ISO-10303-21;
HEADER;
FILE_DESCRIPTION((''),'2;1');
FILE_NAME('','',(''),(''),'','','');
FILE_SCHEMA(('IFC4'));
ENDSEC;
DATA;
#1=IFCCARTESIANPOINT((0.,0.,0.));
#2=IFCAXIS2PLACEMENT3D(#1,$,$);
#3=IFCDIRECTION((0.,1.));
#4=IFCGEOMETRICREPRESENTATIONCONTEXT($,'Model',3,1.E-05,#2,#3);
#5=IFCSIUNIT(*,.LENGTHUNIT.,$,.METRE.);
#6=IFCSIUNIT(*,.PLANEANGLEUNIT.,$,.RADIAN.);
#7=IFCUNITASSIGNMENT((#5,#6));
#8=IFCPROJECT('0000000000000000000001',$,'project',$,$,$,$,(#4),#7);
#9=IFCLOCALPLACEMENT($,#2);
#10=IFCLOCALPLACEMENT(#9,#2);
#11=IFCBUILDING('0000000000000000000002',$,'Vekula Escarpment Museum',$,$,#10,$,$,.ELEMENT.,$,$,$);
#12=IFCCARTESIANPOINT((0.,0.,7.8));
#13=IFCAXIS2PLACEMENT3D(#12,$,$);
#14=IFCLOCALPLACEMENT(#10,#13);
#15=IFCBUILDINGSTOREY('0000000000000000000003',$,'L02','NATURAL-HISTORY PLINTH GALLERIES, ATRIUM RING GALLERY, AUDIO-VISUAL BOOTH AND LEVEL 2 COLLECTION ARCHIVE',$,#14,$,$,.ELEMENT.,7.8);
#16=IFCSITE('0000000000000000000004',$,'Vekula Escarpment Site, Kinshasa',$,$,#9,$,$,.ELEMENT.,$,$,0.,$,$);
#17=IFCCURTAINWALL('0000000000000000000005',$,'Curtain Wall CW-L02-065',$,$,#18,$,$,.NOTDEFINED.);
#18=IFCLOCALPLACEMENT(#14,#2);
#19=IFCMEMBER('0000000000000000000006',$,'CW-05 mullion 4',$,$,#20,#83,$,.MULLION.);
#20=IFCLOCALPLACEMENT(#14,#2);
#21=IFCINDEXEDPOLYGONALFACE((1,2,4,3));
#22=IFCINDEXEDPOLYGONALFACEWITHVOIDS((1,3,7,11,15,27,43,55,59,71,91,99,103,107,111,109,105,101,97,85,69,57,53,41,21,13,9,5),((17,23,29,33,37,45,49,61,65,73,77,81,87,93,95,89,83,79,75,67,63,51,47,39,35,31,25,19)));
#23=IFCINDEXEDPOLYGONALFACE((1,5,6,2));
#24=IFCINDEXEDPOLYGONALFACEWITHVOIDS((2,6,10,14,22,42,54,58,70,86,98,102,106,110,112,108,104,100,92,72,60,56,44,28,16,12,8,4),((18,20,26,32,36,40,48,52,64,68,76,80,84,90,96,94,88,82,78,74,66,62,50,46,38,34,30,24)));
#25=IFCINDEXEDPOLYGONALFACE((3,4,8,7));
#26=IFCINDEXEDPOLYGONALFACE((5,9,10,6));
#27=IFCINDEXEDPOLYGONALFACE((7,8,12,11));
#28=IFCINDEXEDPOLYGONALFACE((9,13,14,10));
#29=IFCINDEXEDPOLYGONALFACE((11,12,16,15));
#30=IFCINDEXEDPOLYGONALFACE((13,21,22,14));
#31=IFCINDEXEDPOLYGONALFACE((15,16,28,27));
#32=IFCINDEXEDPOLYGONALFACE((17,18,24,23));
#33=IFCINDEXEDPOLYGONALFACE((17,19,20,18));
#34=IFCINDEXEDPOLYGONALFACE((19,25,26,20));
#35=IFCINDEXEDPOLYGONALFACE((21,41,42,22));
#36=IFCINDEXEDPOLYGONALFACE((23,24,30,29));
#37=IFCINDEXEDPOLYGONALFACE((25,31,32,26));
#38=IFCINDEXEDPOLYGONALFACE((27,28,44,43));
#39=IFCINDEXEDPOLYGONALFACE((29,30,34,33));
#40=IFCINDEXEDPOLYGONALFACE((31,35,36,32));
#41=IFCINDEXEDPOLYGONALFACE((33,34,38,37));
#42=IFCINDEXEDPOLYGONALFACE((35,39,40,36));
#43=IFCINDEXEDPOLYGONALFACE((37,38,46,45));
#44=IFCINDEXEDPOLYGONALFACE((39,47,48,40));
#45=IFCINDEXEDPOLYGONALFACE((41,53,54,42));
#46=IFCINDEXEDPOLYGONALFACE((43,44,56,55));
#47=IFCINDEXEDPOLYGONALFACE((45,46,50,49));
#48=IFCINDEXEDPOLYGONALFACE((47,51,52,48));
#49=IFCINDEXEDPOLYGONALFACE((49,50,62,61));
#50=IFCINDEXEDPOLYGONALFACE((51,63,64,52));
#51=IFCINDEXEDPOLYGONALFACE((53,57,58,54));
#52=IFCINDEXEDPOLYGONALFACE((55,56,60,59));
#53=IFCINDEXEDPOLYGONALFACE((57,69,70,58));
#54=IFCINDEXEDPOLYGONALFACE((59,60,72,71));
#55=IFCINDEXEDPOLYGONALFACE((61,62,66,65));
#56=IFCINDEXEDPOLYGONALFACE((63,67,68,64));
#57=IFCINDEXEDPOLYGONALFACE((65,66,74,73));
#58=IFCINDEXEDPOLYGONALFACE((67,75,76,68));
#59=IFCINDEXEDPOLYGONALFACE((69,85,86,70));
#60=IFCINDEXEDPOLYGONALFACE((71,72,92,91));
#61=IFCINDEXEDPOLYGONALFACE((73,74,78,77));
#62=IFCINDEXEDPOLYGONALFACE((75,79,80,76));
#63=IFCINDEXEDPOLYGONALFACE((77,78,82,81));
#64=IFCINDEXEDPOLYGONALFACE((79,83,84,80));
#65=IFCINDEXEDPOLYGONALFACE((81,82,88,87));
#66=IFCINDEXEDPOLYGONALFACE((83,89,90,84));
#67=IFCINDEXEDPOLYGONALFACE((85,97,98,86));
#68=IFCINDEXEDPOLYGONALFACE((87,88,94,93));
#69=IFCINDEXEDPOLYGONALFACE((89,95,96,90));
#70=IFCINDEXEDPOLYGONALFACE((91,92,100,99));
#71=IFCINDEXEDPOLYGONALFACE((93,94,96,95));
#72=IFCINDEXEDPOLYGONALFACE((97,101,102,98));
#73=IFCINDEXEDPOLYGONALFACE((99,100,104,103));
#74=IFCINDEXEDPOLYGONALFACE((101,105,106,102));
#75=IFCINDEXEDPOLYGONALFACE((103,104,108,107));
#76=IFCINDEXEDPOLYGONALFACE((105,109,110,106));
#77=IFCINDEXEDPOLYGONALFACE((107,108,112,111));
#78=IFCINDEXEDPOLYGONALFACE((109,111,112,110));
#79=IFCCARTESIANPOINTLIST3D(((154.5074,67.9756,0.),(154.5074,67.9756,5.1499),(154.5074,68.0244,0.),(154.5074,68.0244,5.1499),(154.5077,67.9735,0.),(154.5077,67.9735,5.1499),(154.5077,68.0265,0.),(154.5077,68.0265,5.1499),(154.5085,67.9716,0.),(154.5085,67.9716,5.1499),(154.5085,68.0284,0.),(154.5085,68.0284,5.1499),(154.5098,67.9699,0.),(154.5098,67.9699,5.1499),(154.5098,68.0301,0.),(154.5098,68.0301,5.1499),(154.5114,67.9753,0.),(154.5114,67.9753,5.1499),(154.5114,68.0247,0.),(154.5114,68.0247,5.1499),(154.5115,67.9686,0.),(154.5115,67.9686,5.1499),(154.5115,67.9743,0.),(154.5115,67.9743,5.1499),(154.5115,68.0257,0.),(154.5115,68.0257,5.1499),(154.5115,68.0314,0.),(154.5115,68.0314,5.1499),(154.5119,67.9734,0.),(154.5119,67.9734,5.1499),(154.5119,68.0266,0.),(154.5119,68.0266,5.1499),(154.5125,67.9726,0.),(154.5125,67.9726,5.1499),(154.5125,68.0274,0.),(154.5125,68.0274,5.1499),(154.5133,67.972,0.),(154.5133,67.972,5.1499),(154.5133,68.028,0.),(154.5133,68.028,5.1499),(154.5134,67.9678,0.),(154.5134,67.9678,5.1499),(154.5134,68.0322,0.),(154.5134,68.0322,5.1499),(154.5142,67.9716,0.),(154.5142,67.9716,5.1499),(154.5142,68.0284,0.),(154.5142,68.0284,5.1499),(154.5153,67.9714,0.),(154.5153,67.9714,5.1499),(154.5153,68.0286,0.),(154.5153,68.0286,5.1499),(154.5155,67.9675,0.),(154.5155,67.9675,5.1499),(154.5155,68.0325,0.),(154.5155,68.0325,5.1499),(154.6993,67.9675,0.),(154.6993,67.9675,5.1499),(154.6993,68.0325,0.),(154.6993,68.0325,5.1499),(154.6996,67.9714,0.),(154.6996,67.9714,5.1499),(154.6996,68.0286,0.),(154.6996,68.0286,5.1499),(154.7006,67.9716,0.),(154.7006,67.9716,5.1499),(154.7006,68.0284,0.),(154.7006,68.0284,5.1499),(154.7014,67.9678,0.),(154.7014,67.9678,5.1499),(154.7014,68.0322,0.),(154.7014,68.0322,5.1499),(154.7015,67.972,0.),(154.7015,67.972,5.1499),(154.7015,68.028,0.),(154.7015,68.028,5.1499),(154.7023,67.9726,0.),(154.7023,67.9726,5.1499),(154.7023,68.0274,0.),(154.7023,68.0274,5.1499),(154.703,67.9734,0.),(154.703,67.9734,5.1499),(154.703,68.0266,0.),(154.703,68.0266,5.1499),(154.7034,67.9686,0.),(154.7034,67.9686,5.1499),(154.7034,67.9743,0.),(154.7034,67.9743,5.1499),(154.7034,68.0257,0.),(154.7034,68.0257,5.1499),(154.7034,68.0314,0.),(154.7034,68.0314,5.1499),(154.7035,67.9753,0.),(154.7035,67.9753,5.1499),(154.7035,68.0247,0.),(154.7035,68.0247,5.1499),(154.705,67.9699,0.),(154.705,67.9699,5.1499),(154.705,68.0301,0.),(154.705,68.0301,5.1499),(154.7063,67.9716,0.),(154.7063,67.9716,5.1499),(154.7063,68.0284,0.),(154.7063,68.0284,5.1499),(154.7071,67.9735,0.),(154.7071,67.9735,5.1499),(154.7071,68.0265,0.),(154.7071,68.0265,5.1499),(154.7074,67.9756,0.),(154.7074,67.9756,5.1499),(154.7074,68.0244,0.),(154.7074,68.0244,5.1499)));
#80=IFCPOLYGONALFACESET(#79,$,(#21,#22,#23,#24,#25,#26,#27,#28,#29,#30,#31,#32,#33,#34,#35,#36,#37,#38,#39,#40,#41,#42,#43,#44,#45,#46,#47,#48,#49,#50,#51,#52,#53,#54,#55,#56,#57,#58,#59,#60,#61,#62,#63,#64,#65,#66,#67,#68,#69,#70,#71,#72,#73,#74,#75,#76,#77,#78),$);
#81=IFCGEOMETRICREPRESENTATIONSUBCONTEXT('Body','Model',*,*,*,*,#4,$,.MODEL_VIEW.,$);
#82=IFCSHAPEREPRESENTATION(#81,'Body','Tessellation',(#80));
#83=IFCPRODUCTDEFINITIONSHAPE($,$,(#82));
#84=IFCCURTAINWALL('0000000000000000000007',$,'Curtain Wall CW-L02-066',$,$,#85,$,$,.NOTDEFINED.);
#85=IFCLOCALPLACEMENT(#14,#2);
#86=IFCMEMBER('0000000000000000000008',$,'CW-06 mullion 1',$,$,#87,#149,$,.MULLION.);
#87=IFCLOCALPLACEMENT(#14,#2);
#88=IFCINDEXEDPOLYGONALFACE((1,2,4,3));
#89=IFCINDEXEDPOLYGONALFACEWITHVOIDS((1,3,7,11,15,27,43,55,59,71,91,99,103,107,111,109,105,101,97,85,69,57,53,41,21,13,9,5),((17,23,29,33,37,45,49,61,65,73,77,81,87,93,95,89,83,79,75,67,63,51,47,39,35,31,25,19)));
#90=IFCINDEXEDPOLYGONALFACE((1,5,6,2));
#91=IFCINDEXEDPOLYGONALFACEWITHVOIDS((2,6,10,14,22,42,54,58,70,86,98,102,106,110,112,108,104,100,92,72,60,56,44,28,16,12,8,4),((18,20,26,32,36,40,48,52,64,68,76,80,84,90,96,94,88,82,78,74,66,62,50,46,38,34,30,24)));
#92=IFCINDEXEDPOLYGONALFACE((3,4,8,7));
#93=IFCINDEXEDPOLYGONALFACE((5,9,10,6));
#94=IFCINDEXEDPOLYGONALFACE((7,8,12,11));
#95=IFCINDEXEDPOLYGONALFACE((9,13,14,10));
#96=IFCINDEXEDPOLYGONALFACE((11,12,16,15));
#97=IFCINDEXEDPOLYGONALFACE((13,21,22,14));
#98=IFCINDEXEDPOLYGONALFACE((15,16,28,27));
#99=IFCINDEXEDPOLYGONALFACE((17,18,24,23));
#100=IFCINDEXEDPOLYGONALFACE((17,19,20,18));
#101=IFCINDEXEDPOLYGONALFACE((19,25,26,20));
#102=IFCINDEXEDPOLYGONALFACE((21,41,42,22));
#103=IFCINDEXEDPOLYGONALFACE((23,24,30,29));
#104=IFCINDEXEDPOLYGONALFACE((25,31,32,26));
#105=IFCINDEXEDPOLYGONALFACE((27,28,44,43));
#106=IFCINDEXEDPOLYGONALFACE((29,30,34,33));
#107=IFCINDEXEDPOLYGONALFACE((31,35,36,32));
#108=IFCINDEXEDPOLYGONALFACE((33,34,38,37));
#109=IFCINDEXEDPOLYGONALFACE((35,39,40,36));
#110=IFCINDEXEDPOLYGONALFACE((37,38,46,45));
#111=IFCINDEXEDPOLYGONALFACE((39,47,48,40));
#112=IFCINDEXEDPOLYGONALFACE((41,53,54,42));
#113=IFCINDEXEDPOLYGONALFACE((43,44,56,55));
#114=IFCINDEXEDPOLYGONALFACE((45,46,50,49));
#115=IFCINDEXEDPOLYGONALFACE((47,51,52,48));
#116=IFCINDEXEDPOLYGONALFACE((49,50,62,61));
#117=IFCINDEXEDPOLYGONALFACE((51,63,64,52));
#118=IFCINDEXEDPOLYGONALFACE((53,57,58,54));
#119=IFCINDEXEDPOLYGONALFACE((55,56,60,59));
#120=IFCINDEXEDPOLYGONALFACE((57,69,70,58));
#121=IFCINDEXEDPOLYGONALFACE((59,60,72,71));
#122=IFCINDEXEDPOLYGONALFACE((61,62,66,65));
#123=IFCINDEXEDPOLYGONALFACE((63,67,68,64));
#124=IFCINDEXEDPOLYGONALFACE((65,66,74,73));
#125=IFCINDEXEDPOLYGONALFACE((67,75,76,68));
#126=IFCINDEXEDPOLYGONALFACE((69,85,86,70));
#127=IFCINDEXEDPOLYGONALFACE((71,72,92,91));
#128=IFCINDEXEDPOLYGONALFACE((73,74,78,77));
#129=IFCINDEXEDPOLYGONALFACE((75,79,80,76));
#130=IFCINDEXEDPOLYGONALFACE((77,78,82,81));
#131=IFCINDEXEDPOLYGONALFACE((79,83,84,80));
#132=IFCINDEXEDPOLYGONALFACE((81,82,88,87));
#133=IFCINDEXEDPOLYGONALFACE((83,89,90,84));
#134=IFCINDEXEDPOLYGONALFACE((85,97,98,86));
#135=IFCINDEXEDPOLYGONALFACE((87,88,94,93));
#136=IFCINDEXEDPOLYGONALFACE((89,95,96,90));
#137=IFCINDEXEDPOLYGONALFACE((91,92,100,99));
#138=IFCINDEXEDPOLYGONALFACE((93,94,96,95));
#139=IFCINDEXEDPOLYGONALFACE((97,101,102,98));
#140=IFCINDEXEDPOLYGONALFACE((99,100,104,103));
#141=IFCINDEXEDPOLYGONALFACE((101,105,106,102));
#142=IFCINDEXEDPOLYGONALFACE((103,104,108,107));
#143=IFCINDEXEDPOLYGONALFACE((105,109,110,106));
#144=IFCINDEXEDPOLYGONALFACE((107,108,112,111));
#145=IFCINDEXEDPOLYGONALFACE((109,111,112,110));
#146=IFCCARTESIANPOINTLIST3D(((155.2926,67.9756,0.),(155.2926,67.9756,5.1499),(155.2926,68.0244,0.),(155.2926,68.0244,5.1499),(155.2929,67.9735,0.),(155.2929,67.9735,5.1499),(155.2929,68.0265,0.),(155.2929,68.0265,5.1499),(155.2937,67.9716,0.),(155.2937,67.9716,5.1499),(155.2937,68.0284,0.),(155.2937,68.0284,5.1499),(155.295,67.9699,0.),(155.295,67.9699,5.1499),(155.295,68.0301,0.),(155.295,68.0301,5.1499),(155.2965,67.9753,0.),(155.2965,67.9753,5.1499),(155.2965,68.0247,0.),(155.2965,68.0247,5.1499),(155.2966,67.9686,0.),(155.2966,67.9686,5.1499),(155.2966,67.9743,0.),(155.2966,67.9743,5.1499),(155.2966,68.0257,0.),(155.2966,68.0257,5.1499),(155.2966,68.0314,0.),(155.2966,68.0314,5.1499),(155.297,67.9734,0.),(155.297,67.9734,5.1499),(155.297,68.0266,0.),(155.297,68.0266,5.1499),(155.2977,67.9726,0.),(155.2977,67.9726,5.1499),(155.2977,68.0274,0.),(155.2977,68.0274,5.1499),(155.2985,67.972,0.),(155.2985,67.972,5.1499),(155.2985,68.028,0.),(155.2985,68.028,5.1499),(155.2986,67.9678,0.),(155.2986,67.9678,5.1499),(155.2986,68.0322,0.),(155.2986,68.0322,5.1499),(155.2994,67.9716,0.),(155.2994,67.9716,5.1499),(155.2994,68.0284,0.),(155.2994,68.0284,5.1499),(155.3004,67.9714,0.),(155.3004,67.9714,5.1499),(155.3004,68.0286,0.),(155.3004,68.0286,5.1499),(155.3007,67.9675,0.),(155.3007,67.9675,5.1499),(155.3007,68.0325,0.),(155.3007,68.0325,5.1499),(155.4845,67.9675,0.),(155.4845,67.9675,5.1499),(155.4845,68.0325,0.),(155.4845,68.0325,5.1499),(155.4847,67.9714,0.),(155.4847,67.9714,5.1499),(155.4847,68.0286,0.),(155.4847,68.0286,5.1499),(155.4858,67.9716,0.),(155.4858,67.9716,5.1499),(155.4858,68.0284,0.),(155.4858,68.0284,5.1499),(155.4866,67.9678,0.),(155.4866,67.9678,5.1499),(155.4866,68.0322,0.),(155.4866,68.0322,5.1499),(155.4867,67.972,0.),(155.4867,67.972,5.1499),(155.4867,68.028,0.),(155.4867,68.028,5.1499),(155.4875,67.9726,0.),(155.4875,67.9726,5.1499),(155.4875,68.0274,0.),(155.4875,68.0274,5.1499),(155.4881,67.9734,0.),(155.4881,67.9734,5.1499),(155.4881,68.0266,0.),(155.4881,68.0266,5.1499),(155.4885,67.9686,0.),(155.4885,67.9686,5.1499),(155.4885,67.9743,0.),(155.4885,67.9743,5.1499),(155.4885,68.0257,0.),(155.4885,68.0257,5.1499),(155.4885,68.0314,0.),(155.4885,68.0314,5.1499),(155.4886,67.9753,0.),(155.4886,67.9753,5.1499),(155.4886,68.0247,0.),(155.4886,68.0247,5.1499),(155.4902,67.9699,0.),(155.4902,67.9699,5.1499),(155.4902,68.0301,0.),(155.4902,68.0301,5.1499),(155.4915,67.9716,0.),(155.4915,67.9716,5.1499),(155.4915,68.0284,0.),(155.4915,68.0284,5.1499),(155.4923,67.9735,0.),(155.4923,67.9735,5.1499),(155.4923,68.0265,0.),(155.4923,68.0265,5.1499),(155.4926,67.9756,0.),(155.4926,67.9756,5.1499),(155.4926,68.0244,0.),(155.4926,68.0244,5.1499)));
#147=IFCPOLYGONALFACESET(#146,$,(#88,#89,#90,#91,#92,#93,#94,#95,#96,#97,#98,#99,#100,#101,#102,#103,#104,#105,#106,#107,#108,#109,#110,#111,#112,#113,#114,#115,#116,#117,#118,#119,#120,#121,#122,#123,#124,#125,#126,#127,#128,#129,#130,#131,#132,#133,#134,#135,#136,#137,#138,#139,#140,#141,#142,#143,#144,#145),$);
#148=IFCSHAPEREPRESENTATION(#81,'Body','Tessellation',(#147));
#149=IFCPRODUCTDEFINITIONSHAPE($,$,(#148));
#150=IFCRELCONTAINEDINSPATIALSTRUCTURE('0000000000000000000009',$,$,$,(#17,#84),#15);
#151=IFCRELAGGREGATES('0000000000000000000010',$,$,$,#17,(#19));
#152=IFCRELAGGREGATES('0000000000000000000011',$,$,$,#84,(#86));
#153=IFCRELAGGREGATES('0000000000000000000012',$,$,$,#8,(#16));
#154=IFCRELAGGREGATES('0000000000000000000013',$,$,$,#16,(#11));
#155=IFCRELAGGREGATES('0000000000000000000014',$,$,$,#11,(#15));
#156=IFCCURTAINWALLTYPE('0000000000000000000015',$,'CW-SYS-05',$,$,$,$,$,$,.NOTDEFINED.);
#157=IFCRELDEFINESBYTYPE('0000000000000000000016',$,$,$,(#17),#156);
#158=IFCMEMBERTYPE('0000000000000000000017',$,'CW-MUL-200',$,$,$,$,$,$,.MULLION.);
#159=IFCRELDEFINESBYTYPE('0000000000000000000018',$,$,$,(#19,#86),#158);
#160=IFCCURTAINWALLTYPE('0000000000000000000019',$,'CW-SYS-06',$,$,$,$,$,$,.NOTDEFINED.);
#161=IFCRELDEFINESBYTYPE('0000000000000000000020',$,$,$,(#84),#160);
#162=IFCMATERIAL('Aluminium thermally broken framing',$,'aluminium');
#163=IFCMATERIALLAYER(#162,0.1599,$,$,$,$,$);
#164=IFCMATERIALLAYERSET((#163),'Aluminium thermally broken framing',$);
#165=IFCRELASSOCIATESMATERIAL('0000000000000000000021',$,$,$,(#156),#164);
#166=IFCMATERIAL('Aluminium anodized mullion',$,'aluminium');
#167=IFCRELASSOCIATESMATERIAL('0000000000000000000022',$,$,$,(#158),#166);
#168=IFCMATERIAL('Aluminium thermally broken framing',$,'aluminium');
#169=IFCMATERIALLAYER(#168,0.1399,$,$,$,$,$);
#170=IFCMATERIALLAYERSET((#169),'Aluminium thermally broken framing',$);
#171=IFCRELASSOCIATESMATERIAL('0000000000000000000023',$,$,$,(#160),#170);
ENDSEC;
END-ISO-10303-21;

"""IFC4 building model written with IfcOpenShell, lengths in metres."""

from ifc_helpers import new_model, si_unit, direction, frame, origin, origin_2d, place, context, subcontext, project, spatial, hollow_rectangle, extrude, material, layer, layer_set, material_profile, profile_set, type_object, element, aggregate, save


model = new_model("IFC4")

# Units and contexts
model_context = context("Model", 3, precision=1e-05, world=origin(), true_north=direction((0.0, 1.0)))
body_context = subcontext(model_context, "Body", "Model", "MODEL_VIEW")
ifc_project = project(units=[si_unit("LENGTHUNIT", "METRE"), si_unit("PLANEANGLEUNIT", "RADIAN")], contexts=[model_context])

# Site, building, storey
site_placement = place(None, origin())
site = spatial("IfcSite", under=ifc_project, at=site_placement, Name="Vekula Escarpment Site, Kinshasa", CompositionType="ELEMENT", RefElevation=0.0)
building_placement = place(site_placement, origin())
building = spatial("IfcBuilding", under=site, at=building_placement, Name="Vekula Escarpment Museum", CompositionType="ELEMENT")
storey_placement = place(building_placement, frame((0.0, 0.0, 7.8)))
storey = spatial("IfcBuildingStorey", under=building, at=storey_placement, Name="L02", Description="NATURAL-HISTORY PLINTH GALLERIES, ATRIUM RING GALLERY, AUDIO-VISUAL BOOTH AND LEVEL 2 COLLECTION ARCHIVE", CompositionType="ELEMENT", Elevation=7.8)

# Curtain wall, member
ifc_material_1 = material(Name="Aluminium thermally broken framing", Category="aluminium")
ifc_layer_1 = layer(ifc_material_1, 0.1599)
ifc_layer_set_1 = layer_set([ifc_layer_1], Name="Aluminium thermally broken framing")
curtain_wall_type_1 = type_object("IfcCurtainWallType", Name="CW-SYS-05", PredefinedType="NOTDEFINED", material=ifc_layer_set_1)
curtain_wall_1_placement = place(storey_placement, origin())
curtain_wall_1 = element("IfcCurtainWall", 1, at=curtain_wall_1_placement, inside=storey, type_object=curtain_wall_type_1, Name="Curtain Wall CW-L02-065", PredefinedType="NOTDEFINED")
ifc_material_2 = material(Name="Aluminium anodized mullion", Category="aluminium")
ifc_material_profile_1 = material_profile(ifc_material_2, hollow_rectangle(XDim=0.0649, YDim=0.2, WallThickness=0.0039, InnerFilletRadius=0.0039, OuterFilletRadius=0.0081, at=origin_2d()), Name="ALU 200x65x4")
ifc_profile_set_1 = profile_set([ifc_material_profile_1], Name="Aluminium anodized mullion")
member_type_1 = type_object("IfcMemberType", Name="CW-MUL-200", PredefinedType="MULLION", material=ifc_profile_set_1)
member_1_placement = place(storey_placement, frame((154.6074, 68.0, 0.0), z_axis=(0.0, 0.0, 1.0), x_axis=(0.0, 1.0, 0.0)))
member_1 = element("IfcMember", 2, at=member_1_placement, type_object=member_type_1, Name="CW-05 mullion 4", PredefinedType="MULLION", context=body_context, shape_type="SweptSolid", body=[
    extrude(hollow_rectangle(XDim=0.0649, YDim=0.2, WallThickness=0.0039, InnerFilletRadius=0.0039, OuterFilletRadius=0.0081, at=origin_2d()), origin(), (0.0, 0.0, 1.0), 5.1499),
])

# Curtain wall, member
ifc_material_3 = material(Name="Aluminium thermally broken framing", Category="aluminium")
ifc_layer_2 = layer(ifc_material_3, 0.1399)
ifc_layer_set_2 = layer_set([ifc_layer_2], Name="Aluminium thermally broken framing")
curtain_wall_type_2 = type_object("IfcCurtainWallType", Name="CW-SYS-06", PredefinedType="NOTDEFINED", material=ifc_layer_set_2)
curtain_wall_2_placement = place(storey_placement, origin())
curtain_wall_2 = element("IfcCurtainWall", 3, at=curtain_wall_2_placement, inside=storey, type_object=curtain_wall_type_2, Name="Curtain Wall CW-L02-066", PredefinedType="NOTDEFINED")
member_2_placement = place(storey_placement, frame((155.3926, 68.0, 0.0), z_axis=(0.0, 0.0, 1.0), x_axis=(0.0, 1.0, 0.0)))
member_2 = element("IfcMember", 4, at=member_2_placement, type_object=member_type_1, Name="CW-06 mullion 1", PredefinedType="MULLION", context=body_context, shape_type="SweptSolid", body=[
    extrude(hollow_rectangle(XDim=0.0649, YDim=0.2, WallThickness=0.0039, InnerFilletRadius=0.0039, OuterFilletRadius=0.0081, at=origin_2d()), origin(), (0.0, 0.0, 1.0), 5.1499),
])

aggregate(curtain_wall_1, [member_1])
aggregate(curtain_wall_2, [member_2])

save(model, "model.ifc")
